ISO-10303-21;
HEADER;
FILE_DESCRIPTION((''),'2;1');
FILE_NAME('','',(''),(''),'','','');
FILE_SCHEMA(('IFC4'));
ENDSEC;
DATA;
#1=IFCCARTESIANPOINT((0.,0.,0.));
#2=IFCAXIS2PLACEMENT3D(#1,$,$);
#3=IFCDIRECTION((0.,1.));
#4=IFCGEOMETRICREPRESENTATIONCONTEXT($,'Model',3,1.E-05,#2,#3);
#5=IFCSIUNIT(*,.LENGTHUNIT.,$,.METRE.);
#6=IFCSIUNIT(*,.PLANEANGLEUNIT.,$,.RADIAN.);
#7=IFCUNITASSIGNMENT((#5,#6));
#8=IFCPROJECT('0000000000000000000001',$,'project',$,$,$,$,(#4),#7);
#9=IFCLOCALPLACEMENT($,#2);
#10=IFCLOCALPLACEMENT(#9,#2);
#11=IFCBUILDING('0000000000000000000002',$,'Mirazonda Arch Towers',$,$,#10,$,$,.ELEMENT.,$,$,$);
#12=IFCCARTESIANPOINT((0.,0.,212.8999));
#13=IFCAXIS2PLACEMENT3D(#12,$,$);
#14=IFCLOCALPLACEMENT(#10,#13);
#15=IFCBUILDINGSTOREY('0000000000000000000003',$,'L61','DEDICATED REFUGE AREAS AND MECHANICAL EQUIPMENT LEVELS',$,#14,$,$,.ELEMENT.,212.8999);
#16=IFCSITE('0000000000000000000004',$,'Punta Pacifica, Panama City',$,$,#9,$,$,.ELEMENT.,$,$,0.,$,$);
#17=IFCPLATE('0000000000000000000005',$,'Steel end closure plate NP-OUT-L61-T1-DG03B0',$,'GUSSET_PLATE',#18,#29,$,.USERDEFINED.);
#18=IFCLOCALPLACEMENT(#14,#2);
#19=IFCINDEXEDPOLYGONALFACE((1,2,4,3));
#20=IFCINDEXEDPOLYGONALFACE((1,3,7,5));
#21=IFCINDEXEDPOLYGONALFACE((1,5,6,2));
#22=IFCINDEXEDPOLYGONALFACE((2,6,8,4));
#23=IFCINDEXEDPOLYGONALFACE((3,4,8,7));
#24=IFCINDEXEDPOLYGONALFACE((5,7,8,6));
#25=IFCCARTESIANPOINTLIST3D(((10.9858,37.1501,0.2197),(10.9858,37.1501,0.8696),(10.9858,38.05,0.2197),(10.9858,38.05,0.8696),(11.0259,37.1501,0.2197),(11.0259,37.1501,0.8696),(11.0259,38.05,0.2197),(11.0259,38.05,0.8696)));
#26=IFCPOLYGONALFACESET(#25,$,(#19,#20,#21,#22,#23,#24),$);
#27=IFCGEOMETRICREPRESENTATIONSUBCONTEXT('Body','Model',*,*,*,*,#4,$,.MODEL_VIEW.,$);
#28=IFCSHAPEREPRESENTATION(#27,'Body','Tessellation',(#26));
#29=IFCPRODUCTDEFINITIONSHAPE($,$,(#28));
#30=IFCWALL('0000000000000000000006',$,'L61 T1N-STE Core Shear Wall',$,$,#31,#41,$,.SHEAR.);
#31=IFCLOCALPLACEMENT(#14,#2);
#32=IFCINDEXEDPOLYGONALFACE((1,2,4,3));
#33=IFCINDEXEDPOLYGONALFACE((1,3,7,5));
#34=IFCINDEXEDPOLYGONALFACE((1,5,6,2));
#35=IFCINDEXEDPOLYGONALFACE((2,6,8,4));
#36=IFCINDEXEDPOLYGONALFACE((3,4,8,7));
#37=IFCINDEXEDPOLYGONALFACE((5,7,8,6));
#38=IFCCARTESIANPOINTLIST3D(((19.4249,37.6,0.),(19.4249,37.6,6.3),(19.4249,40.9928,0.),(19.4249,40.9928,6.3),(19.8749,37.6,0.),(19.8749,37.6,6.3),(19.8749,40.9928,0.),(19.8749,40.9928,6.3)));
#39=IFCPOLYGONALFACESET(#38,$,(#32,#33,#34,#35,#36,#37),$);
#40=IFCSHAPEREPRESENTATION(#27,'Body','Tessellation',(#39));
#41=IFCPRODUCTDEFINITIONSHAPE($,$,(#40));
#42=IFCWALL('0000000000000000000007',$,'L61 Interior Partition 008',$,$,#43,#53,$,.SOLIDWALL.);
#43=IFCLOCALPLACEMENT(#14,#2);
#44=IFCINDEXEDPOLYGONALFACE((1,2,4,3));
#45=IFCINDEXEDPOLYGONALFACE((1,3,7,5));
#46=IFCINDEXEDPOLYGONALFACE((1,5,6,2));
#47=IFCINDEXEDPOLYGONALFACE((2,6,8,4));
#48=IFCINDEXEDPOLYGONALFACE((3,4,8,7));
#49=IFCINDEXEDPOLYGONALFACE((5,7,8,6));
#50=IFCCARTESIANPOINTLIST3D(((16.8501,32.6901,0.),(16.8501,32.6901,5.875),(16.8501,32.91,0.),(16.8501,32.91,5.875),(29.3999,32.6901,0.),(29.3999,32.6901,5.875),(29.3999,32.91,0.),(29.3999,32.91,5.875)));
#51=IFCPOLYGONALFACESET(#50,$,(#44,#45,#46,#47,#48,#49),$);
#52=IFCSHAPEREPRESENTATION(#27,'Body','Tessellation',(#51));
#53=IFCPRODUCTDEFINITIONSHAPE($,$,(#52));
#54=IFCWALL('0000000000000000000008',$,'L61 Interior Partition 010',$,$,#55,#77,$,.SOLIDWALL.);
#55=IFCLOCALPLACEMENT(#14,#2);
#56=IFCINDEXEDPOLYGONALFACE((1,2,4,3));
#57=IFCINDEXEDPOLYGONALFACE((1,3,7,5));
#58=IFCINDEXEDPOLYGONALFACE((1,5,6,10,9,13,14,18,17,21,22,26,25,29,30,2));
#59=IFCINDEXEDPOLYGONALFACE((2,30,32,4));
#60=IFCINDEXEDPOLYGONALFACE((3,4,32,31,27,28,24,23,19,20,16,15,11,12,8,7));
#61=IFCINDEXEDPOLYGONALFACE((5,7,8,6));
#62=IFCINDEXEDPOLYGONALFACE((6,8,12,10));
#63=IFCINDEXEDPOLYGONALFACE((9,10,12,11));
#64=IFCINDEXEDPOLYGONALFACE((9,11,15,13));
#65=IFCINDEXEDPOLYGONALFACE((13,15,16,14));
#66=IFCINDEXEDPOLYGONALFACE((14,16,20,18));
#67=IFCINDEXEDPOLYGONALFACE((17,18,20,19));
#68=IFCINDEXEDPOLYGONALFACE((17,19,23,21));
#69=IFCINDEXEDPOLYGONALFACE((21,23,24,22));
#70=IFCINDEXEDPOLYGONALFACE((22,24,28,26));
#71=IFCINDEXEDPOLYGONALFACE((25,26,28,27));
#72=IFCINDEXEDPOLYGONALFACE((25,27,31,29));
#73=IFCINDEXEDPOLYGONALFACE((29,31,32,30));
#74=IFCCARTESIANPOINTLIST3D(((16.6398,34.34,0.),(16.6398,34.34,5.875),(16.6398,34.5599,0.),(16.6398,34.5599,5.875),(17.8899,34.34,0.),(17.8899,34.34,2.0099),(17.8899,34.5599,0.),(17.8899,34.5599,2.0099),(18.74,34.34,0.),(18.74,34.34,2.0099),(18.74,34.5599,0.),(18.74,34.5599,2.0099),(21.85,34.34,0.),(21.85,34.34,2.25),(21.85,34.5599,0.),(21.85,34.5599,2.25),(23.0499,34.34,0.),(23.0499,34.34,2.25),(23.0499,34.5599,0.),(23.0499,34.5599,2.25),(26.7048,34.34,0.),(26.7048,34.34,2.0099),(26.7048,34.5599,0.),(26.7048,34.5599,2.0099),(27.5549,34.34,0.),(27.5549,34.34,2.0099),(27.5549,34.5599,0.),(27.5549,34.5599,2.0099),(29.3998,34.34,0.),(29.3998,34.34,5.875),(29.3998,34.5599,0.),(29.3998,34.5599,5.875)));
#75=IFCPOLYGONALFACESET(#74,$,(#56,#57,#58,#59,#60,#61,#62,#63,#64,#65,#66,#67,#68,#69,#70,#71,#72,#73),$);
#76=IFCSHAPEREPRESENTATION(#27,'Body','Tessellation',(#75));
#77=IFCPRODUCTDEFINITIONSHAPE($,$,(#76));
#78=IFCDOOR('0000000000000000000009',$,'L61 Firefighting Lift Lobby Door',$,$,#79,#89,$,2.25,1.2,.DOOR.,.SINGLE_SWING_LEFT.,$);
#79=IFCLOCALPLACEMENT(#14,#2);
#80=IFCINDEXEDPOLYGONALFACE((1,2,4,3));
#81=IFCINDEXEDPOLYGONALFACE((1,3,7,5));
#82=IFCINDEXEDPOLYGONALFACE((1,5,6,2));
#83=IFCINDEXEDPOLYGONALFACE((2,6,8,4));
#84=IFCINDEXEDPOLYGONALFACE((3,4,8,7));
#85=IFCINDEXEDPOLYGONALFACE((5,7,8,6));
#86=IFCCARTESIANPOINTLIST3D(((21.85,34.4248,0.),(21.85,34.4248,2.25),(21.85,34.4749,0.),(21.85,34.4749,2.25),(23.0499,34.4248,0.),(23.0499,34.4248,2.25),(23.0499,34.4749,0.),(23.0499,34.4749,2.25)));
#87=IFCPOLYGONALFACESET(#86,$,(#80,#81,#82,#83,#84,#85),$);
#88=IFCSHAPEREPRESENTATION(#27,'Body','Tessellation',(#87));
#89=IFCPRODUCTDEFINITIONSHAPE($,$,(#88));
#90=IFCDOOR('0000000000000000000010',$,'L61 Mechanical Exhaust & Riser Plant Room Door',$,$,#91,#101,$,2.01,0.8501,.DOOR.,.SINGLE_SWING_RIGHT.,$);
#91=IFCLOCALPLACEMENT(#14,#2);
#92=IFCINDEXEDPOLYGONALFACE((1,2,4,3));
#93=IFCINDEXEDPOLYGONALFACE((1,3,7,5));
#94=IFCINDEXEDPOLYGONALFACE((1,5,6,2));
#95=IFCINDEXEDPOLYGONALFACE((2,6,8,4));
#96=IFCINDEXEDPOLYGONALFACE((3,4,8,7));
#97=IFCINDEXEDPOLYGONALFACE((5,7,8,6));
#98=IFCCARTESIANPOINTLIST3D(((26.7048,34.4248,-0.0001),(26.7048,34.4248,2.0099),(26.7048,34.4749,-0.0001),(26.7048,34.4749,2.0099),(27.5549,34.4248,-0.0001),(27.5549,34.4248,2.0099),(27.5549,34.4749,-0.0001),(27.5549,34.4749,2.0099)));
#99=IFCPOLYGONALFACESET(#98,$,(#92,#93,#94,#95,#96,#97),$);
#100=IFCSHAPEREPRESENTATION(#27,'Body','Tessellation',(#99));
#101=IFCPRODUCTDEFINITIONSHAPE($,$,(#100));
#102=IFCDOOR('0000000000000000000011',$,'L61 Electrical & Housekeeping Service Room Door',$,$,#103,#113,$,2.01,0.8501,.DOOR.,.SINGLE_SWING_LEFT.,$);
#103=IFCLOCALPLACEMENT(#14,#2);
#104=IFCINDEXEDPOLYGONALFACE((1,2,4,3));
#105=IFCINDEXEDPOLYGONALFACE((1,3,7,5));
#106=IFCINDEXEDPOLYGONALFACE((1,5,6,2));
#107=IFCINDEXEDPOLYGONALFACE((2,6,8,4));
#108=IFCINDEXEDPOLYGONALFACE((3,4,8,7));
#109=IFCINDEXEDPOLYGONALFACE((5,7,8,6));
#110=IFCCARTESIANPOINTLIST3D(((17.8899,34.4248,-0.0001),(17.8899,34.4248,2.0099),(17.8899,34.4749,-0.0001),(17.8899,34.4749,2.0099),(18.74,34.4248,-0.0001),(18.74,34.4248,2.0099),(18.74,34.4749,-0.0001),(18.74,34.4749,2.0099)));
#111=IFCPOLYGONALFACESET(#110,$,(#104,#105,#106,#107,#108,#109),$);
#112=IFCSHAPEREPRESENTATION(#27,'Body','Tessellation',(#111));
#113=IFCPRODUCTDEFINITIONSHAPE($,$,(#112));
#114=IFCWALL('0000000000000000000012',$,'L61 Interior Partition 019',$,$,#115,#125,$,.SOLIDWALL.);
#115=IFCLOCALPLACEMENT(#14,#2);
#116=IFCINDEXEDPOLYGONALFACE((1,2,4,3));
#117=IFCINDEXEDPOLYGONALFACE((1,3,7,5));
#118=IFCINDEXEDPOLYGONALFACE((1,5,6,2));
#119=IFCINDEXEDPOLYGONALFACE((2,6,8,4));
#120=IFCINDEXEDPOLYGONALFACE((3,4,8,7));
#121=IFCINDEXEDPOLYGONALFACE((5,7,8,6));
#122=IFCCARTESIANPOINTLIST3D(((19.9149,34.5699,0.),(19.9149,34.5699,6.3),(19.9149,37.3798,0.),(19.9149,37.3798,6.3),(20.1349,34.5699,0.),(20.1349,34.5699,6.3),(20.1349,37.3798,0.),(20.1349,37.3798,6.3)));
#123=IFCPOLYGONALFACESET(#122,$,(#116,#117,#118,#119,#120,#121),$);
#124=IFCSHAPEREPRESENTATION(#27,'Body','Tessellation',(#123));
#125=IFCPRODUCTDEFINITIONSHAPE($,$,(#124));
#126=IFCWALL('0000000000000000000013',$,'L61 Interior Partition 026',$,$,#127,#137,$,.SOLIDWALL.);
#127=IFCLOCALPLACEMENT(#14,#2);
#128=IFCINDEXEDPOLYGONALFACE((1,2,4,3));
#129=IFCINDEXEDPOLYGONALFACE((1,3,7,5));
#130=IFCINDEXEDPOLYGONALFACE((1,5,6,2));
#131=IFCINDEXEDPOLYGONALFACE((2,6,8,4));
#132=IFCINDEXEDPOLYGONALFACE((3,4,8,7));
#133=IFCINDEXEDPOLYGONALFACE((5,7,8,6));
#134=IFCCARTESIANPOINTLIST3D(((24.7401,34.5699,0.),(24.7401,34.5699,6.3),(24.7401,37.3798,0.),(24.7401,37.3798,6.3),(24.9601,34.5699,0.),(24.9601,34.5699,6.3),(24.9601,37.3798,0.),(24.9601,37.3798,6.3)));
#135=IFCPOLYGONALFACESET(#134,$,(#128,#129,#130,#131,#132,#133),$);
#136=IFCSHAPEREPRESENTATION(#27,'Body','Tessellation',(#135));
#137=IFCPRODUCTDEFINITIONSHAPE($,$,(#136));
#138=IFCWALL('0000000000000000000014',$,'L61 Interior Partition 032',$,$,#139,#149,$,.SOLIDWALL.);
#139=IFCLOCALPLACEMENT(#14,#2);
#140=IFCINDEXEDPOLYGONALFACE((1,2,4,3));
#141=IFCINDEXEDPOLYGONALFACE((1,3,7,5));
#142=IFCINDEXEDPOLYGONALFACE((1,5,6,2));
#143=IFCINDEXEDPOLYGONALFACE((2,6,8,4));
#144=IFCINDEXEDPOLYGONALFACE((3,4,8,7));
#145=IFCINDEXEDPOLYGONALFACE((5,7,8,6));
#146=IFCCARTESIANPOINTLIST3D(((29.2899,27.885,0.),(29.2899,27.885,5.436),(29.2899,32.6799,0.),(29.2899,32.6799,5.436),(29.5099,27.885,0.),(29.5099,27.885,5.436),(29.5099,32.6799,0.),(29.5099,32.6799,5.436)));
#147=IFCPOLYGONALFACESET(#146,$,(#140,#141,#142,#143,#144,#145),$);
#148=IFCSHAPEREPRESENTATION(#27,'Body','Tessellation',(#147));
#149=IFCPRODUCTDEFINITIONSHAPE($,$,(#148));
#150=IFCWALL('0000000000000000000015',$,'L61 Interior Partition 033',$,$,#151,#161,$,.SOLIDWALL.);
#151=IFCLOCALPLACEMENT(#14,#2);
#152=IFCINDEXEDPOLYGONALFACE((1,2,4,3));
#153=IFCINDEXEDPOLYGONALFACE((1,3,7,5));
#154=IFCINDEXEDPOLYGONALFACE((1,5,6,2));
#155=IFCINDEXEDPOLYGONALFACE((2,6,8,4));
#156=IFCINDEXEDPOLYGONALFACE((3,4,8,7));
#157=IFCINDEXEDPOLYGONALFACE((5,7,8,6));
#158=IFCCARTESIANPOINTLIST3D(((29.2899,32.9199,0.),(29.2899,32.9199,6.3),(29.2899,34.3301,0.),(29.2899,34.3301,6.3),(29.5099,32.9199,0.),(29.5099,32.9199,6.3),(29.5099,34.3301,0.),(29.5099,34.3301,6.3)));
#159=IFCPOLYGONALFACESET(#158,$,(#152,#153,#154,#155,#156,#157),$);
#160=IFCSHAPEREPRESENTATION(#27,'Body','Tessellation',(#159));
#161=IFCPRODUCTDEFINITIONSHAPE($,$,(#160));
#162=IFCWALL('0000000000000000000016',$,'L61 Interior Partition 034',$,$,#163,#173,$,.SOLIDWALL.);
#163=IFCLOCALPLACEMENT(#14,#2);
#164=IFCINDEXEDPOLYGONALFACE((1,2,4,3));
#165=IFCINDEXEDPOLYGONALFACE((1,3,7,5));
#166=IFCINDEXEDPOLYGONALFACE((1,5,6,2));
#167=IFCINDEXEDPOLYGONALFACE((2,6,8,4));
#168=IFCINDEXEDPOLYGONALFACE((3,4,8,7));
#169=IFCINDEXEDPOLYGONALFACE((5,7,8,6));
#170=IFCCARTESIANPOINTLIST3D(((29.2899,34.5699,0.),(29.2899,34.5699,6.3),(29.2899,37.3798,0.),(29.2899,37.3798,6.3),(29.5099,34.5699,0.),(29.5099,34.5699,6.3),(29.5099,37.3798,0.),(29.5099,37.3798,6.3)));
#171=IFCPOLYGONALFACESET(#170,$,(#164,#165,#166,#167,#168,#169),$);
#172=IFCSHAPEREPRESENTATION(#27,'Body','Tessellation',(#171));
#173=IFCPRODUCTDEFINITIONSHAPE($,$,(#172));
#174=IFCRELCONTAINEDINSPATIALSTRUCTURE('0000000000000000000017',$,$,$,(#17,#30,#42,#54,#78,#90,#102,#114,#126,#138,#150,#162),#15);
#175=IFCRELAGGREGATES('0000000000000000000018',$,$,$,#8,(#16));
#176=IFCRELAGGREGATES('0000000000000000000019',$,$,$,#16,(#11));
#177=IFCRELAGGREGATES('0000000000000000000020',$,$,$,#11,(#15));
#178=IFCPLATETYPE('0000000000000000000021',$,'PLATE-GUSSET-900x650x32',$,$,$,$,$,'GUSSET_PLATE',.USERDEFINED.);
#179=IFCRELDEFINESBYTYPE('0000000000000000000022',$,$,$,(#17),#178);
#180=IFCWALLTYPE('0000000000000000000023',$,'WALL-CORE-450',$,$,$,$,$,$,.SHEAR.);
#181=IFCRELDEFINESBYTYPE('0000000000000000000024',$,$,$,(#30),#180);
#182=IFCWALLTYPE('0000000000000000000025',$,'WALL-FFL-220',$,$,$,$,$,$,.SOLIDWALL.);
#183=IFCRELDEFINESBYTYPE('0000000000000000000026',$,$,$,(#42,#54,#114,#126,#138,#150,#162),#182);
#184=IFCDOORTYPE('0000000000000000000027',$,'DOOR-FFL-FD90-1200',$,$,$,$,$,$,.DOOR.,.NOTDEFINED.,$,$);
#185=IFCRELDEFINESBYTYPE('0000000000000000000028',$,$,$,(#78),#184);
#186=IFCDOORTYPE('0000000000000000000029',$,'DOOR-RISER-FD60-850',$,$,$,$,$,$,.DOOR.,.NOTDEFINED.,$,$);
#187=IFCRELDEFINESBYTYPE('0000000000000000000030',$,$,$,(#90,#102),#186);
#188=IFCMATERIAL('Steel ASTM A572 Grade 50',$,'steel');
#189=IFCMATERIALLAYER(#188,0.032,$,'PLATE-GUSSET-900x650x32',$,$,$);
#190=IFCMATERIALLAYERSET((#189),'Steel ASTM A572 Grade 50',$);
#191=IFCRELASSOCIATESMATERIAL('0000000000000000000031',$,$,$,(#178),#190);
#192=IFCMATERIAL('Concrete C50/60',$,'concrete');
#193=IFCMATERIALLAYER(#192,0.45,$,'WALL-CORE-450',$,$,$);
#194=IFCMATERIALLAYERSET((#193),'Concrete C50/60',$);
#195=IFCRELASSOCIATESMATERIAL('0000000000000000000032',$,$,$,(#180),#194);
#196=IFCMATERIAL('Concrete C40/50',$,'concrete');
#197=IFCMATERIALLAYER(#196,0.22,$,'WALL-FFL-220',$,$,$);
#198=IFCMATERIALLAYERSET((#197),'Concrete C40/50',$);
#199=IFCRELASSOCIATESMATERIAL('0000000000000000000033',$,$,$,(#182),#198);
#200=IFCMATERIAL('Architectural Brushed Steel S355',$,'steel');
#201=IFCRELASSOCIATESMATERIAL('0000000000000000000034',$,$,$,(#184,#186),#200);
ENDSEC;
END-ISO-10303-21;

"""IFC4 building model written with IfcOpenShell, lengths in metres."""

from ifc_helpers import new_model, si_unit, direction, frame, frame_2d, origin, origin_2d, place, context, subcontext, project, spatial, rectangle, extrude, material, layer, layer_set, type_object, element, fill, save


model = new_model("IFC4")

# Units and contexts
model_context = context("Model", 3, precision=1e-05, world=origin(), true_north=direction((0.0, 1.0)))
body_context = subcontext(model_context, "Body", "Model", "MODEL_VIEW")
ifc_project = project(units=[si_unit("LENGTHUNIT", "METRE"), si_unit("PLANEANGLEUNIT", "RADIAN")], contexts=[model_context])

# Site, building, storey
site_placement = place(None, origin())
site = spatial("IfcSite", under=ifc_project, at=site_placement, Name="Punta Pacifica, Panama City", CompositionType="ELEMENT", RefElevation=0.0)
building_placement = place(site_placement, origin())
building = spatial("IfcBuilding", under=site, at=building_placement, Name="Mirazonda Arch Towers", CompositionType="ELEMENT")
storey_placement = place(building_placement, frame((0.0, 0.0, 212.8999)))
storey = spatial("IfcBuildingStorey", under=building, at=storey_placement, Name="L61", Description="DEDICATED REFUGE AREAS AND MECHANICAL EQUIPMENT LEVELS", CompositionType="ELEMENT", Elevation=212.8999)

# Plate
ifc_material_1 = material(Name="Steel ASTM A572 Grade 50", Category="steel")
ifc_layer_1 = layer(ifc_material_1, 0.032, Name="PLATE-GUSSET-900x650x32")
ifc_layer_set_1 = layer_set([ifc_layer_1], Name="Steel ASTM A572 Grade 50")
plate_type = type_object("IfcPlateType", Name="PLATE-GUSSET-900x650x32", ElementType="GUSSET_PLATE", PredefinedType="USERDEFINED", material=ifc_layer_set_1)
plate_placement = place(storey_placement, frame((11.0059, 37.6001, 0.2197), z_axis=(0.0, 0.0, 1.0), x_axis=(1.0, 0.0, 0.0)))
element("IfcPlate", 1, at=plate_placement, inside=storey, type_object=plate_type, Name="Steel end closure plate NP-OUT-L61-T1-DG03B0", ObjectType="GUSSET_PLATE", PredefinedType="USERDEFINED", context=body_context, shape_type="SweptSolid", body=[
    extrude(rectangle(XDim=0.04, YDim=0.8999, at=origin_2d()), origin(), (0.0, 0.0, 1.0), 0.6499),
])

# Walls
ifc_material_2 = material(Name="Concrete C50/60", Category="concrete")
ifc_layer_2 = layer(ifc_material_2, 0.45, Name="WALL-CORE-450")
ifc_layer_set_2 = layer_set([ifc_layer_2], Name="Concrete C50/60")
wall_type_1 = type_object("IfcWallType", Name="WALL-CORE-450", PredefinedType="SHEAR", material=ifc_layer_set_2)
wall_1_placement = place(storey_placement, frame((19.6499, 37.6001, 0.0), z_axis=(0.0, 0.0, 1.0), x_axis=(0.0, 1.0, 0.0)))
element("IfcWall", 2, at=wall_1_placement, inside=storey, type_object=wall_type_1, Name="L61 T1N-STE Core Shear Wall", PredefinedType="SHEAR", context=body_context, shape_type="SweptSolid", body=[
    extrude(rectangle(XDim=3.3928, YDim=0.45, at=frame_2d((1.6963, 0.0))), origin(), (0.0, 0.0, 1.0), 6.3),
])
ifc_material_3 = material(Name="Concrete C40/50", Category="concrete")
ifc_layer_3 = layer(ifc_material_3, 0.22, Name="WALL-FFL-220")
ifc_layer_set_3 = layer_set([ifc_layer_3], Name="Concrete C40/50")
wall_type_2 = type_object("IfcWallType", Name="WALL-FFL-220", PredefinedType="SOLIDWALL", material=ifc_layer_set_3)
wall_2_placement = place(storey_placement, frame((16.8501, 32.8, 0.0), z_axis=(0.0, 0.0, 1.0), x_axis=(1.0, 0.0, 0.0)))
element("IfcWall", 3, at=wall_2_placement, inside=storey, type_object=wall_type_2, Name="L61 Interior Partition 008", PredefinedType="SOLIDWALL", context=body_context, shape_type="SweptSolid", body=[
    extrude(rectangle(XDim=12.5498, YDim=0.22, at=frame_2d((6.2749, 0.0))), origin(), (0.0, 0.0, 1.0), 5.875),
])

# Wall, openings, doors
wall_3_placement = place(storey_placement, frame((16.6399, 34.45, 0.0), z_axis=(0.0, 0.0, 1.0), x_axis=(1.0, 0.0, 0.0)))
wall_3 = element("IfcWall", 4, at=wall_3_placement, inside=storey, type_object=wall_type_2, Name="L61 Interior Partition 010", PredefinedType="SOLIDWALL", context=body_context, shape_type="SweptSolid", body=[
    extrude(rectangle(XDim=12.76, YDim=0.22, at=frame_2d((6.3799, 0.0))), origin(), (0.0, 0.0, 1.0), 5.875),
])
opening_1_placement = place(wall_3_placement, frame((5.21, 0.0, 0.0)))
opening_1 = element("IfcOpeningElement", 5, at=opening_1_placement, cuts=wall_3, PredefinedType="OPENING", context=body_context, shape_type="SweptSolid", body=[
    extrude(rectangle(XDim=1.2, YDim=2.25, at=frame_2d((0.6001, 1.125))), frame((0.0, 0.1199, 0.0), z_axis=(0.0, -1.0, 0.0), x_axis=(1.0, 0.0, 0.0)), (0.0, 0.0, 1.0), 0.24),
])
opening_2_placement = place(wall_3_placement, frame((10.0649, 0.0, 0.0)))
opening_2 = element("IfcOpeningElement", 6, at=opening_2_placement, cuts=wall_3, PredefinedType="OPENING", context=body_context, shape_type="SweptSolid", body=[
    extrude(rectangle(XDim=0.8501, YDim=2.01, at=frame_2d((0.425, 1.0049))), frame((0.0, 0.1199, 0.0), z_axis=(0.0, -1.0, 0.0), x_axis=(1.0, 0.0, 0.0)), (0.0, 0.0, 1.0), 0.24),
])
opening_3_placement = place(wall_3_placement, frame((1.25, 0.0, 0.0)))
opening_3 = element("IfcOpeningElement", 7, at=opening_3_placement, cuts=wall_3, PredefinedType="OPENING", context=body_context, shape_type="SweptSolid", body=[
    extrude(rectangle(XDim=0.8501, YDim=2.01, at=frame_2d((0.425, 1.0049))), frame((0.0, 0.1199, 0.0), z_axis=(0.0, -1.0, 0.0), x_axis=(1.0, 0.0, 0.0)), (0.0, 0.0, 1.0), 0.24),
])
ifc_material_4 = material(Name="Architectural Brushed Steel S355", Category="steel")
door_type_1 = type_object("IfcDoorType", Name="DOOR-FFL-FD90-1200", OperationType="NOTDEFINED", PredefinedType="DOOR", material=ifc_material_4)
door_1_placement = place(opening_1_placement, origin())
door_1 = element("IfcDoor", 8, at=door_1_placement, inside=storey, type_object=door_type_1, Name="L61 Firefighting Lift Lobby Door", OperationType="SINGLE_SWING_LEFT", OverallHeight=2.25, OverallWidth=1.2, PredefinedType="DOOR", context=body_context, shape_type="SweptSolid", body=[
    extrude(rectangle(XDim=1.2, YDim=2.25, at=frame_2d((0.6001, 1.125))), frame((0.0, 0.0249, 0.0), z_axis=(0.0, -1.0, 0.0), x_axis=(1.0, 0.0, 0.0)), (0.0, 0.0, 1.0), 0.05),
])
fill(opening_1, door_1)
door_type_2 = type_object("IfcDoorType", Name="DOOR-RISER-FD60-850", OperationType="NOTDEFINED", PredefinedType="DOOR", material=ifc_material_4)
door_2_placement = place(opening_2_placement, origin())
door_2 = element("IfcDoor", 9, at=door_2_placement, inside=storey, type_object=door_type_2, Name="L61 Mechanical Exhaust & Riser Plant Room Door", OperationType="SINGLE_SWING_RIGHT", OverallHeight=2.01, OverallWidth=0.8501, PredefinedType="DOOR", context=body_context, shape_type="SweptSolid", body=[
    extrude(rectangle(XDim=0.8501, YDim=2.01, at=frame_2d((0.425, 1.0049))), frame((0.0, 0.0249, 0.0), z_axis=(0.0, -1.0, 0.0), x_axis=(1.0, 0.0, 0.0)), (0.0, 0.0, 1.0), 0.05),
])
fill(opening_2, door_2)
door_3_placement = place(opening_3_placement, origin())
door_3 = element("IfcDoor", 10, at=door_3_placement, inside=storey, type_object=door_type_2, Name="L61 Electrical & Housekeeping Service Room Door", OperationType="SINGLE_SWING_LEFT", OverallHeight=2.01, OverallWidth=0.8501, PredefinedType="DOOR", context=body_context, shape_type="SweptSolid", body=[
    extrude(rectangle(XDim=0.8501, YDim=2.01, at=frame_2d((0.425, 1.0049))), frame((0.0, 0.0249, 0.0), z_axis=(0.0, -1.0, 0.0), x_axis=(1.0, 0.0, 0.0)), (0.0, 0.0, 1.0), 0.05),
])
fill(opening_3, door_3)

# Walls
for number, where, z_axis, x_axis, name in (
    (11, (20.0249, 34.5701, 0.0), (0.0, 0.0, 1.0), (0.0, 1.0, 0.0), "L61 Interior Partition 019"),
    (12, (24.8501, 34.5701, 0.0), (0.0, 0.0, 1.0), (0.0, 1.0, 0.0), "L61 Interior Partition 026"),
):
    element("IfcWall", number, at=place(storey_placement, frame(where, z_axis=z_axis, x_axis=x_axis)), inside=storey, type_object=wall_type_2, Name=name, PredefinedType="SOLIDWALL", context=body_context, shape_type="SweptSolid", body=[
        extrude(rectangle(XDim=2.8098, YDim=0.22, at=frame_2d((1.4048, 0.0))), origin(), (0.0, 0.0, 1.0), 6.3),
    ])
wall_4_placement = place(storey_placement, frame((29.3999, 27.885, 0.0), z_axis=(0.0, 0.0, 1.0), x_axis=(0.0, 1.0, 0.0)))
element("IfcWall", 13, at=wall_4_placement, inside=storey, type_object=wall_type_2, Name="L61 Interior Partition 032", PredefinedType="SOLIDWALL", context=body_context, shape_type="SweptSolid", body=[
    extrude(rectangle(XDim=4.7949, YDim=0.22, at=frame_2d((2.3975, 0.0))), origin(), (0.0, 0.0, 1.0), 5.436),
])
wall_5_placement = place(storey_placement, frame((29.3999, 32.9199, 0.0), z_axis=(0.0, 0.0, 1.0), x_axis=(0.0, 1.0, 0.0)))
element("IfcWall", 14, at=wall_5_placement, inside=storey, type_object=wall_type_2, Name="L61 Interior Partition 033", PredefinedType="SOLIDWALL", context=body_context, shape_type="SweptSolid", body=[
    extrude(rectangle(XDim=1.4102, YDim=0.22, at=frame_2d((0.7051, 0.0))), origin(), (0.0, 0.0, 1.0), 6.3),
])
wall_6_placement = place(storey_placement, frame((29.3999, 34.5701, 0.0), z_axis=(0.0, 0.0, 1.0), x_axis=(0.0, 1.0, 0.0)))
element("IfcWall", 15, at=wall_6_placement, inside=storey, type_object=wall_type_2, Name="L61 Interior Partition 034", PredefinedType="SOLIDWALL", context=body_context, shape_type="SweptSolid", body=[
    extrude(rectangle(XDim=2.8098, YDim=0.22, at=frame_2d((1.4048, 0.0))), origin(), (0.0, 0.0, 1.0), 6.3),
])

save(model, "model.ifc")
